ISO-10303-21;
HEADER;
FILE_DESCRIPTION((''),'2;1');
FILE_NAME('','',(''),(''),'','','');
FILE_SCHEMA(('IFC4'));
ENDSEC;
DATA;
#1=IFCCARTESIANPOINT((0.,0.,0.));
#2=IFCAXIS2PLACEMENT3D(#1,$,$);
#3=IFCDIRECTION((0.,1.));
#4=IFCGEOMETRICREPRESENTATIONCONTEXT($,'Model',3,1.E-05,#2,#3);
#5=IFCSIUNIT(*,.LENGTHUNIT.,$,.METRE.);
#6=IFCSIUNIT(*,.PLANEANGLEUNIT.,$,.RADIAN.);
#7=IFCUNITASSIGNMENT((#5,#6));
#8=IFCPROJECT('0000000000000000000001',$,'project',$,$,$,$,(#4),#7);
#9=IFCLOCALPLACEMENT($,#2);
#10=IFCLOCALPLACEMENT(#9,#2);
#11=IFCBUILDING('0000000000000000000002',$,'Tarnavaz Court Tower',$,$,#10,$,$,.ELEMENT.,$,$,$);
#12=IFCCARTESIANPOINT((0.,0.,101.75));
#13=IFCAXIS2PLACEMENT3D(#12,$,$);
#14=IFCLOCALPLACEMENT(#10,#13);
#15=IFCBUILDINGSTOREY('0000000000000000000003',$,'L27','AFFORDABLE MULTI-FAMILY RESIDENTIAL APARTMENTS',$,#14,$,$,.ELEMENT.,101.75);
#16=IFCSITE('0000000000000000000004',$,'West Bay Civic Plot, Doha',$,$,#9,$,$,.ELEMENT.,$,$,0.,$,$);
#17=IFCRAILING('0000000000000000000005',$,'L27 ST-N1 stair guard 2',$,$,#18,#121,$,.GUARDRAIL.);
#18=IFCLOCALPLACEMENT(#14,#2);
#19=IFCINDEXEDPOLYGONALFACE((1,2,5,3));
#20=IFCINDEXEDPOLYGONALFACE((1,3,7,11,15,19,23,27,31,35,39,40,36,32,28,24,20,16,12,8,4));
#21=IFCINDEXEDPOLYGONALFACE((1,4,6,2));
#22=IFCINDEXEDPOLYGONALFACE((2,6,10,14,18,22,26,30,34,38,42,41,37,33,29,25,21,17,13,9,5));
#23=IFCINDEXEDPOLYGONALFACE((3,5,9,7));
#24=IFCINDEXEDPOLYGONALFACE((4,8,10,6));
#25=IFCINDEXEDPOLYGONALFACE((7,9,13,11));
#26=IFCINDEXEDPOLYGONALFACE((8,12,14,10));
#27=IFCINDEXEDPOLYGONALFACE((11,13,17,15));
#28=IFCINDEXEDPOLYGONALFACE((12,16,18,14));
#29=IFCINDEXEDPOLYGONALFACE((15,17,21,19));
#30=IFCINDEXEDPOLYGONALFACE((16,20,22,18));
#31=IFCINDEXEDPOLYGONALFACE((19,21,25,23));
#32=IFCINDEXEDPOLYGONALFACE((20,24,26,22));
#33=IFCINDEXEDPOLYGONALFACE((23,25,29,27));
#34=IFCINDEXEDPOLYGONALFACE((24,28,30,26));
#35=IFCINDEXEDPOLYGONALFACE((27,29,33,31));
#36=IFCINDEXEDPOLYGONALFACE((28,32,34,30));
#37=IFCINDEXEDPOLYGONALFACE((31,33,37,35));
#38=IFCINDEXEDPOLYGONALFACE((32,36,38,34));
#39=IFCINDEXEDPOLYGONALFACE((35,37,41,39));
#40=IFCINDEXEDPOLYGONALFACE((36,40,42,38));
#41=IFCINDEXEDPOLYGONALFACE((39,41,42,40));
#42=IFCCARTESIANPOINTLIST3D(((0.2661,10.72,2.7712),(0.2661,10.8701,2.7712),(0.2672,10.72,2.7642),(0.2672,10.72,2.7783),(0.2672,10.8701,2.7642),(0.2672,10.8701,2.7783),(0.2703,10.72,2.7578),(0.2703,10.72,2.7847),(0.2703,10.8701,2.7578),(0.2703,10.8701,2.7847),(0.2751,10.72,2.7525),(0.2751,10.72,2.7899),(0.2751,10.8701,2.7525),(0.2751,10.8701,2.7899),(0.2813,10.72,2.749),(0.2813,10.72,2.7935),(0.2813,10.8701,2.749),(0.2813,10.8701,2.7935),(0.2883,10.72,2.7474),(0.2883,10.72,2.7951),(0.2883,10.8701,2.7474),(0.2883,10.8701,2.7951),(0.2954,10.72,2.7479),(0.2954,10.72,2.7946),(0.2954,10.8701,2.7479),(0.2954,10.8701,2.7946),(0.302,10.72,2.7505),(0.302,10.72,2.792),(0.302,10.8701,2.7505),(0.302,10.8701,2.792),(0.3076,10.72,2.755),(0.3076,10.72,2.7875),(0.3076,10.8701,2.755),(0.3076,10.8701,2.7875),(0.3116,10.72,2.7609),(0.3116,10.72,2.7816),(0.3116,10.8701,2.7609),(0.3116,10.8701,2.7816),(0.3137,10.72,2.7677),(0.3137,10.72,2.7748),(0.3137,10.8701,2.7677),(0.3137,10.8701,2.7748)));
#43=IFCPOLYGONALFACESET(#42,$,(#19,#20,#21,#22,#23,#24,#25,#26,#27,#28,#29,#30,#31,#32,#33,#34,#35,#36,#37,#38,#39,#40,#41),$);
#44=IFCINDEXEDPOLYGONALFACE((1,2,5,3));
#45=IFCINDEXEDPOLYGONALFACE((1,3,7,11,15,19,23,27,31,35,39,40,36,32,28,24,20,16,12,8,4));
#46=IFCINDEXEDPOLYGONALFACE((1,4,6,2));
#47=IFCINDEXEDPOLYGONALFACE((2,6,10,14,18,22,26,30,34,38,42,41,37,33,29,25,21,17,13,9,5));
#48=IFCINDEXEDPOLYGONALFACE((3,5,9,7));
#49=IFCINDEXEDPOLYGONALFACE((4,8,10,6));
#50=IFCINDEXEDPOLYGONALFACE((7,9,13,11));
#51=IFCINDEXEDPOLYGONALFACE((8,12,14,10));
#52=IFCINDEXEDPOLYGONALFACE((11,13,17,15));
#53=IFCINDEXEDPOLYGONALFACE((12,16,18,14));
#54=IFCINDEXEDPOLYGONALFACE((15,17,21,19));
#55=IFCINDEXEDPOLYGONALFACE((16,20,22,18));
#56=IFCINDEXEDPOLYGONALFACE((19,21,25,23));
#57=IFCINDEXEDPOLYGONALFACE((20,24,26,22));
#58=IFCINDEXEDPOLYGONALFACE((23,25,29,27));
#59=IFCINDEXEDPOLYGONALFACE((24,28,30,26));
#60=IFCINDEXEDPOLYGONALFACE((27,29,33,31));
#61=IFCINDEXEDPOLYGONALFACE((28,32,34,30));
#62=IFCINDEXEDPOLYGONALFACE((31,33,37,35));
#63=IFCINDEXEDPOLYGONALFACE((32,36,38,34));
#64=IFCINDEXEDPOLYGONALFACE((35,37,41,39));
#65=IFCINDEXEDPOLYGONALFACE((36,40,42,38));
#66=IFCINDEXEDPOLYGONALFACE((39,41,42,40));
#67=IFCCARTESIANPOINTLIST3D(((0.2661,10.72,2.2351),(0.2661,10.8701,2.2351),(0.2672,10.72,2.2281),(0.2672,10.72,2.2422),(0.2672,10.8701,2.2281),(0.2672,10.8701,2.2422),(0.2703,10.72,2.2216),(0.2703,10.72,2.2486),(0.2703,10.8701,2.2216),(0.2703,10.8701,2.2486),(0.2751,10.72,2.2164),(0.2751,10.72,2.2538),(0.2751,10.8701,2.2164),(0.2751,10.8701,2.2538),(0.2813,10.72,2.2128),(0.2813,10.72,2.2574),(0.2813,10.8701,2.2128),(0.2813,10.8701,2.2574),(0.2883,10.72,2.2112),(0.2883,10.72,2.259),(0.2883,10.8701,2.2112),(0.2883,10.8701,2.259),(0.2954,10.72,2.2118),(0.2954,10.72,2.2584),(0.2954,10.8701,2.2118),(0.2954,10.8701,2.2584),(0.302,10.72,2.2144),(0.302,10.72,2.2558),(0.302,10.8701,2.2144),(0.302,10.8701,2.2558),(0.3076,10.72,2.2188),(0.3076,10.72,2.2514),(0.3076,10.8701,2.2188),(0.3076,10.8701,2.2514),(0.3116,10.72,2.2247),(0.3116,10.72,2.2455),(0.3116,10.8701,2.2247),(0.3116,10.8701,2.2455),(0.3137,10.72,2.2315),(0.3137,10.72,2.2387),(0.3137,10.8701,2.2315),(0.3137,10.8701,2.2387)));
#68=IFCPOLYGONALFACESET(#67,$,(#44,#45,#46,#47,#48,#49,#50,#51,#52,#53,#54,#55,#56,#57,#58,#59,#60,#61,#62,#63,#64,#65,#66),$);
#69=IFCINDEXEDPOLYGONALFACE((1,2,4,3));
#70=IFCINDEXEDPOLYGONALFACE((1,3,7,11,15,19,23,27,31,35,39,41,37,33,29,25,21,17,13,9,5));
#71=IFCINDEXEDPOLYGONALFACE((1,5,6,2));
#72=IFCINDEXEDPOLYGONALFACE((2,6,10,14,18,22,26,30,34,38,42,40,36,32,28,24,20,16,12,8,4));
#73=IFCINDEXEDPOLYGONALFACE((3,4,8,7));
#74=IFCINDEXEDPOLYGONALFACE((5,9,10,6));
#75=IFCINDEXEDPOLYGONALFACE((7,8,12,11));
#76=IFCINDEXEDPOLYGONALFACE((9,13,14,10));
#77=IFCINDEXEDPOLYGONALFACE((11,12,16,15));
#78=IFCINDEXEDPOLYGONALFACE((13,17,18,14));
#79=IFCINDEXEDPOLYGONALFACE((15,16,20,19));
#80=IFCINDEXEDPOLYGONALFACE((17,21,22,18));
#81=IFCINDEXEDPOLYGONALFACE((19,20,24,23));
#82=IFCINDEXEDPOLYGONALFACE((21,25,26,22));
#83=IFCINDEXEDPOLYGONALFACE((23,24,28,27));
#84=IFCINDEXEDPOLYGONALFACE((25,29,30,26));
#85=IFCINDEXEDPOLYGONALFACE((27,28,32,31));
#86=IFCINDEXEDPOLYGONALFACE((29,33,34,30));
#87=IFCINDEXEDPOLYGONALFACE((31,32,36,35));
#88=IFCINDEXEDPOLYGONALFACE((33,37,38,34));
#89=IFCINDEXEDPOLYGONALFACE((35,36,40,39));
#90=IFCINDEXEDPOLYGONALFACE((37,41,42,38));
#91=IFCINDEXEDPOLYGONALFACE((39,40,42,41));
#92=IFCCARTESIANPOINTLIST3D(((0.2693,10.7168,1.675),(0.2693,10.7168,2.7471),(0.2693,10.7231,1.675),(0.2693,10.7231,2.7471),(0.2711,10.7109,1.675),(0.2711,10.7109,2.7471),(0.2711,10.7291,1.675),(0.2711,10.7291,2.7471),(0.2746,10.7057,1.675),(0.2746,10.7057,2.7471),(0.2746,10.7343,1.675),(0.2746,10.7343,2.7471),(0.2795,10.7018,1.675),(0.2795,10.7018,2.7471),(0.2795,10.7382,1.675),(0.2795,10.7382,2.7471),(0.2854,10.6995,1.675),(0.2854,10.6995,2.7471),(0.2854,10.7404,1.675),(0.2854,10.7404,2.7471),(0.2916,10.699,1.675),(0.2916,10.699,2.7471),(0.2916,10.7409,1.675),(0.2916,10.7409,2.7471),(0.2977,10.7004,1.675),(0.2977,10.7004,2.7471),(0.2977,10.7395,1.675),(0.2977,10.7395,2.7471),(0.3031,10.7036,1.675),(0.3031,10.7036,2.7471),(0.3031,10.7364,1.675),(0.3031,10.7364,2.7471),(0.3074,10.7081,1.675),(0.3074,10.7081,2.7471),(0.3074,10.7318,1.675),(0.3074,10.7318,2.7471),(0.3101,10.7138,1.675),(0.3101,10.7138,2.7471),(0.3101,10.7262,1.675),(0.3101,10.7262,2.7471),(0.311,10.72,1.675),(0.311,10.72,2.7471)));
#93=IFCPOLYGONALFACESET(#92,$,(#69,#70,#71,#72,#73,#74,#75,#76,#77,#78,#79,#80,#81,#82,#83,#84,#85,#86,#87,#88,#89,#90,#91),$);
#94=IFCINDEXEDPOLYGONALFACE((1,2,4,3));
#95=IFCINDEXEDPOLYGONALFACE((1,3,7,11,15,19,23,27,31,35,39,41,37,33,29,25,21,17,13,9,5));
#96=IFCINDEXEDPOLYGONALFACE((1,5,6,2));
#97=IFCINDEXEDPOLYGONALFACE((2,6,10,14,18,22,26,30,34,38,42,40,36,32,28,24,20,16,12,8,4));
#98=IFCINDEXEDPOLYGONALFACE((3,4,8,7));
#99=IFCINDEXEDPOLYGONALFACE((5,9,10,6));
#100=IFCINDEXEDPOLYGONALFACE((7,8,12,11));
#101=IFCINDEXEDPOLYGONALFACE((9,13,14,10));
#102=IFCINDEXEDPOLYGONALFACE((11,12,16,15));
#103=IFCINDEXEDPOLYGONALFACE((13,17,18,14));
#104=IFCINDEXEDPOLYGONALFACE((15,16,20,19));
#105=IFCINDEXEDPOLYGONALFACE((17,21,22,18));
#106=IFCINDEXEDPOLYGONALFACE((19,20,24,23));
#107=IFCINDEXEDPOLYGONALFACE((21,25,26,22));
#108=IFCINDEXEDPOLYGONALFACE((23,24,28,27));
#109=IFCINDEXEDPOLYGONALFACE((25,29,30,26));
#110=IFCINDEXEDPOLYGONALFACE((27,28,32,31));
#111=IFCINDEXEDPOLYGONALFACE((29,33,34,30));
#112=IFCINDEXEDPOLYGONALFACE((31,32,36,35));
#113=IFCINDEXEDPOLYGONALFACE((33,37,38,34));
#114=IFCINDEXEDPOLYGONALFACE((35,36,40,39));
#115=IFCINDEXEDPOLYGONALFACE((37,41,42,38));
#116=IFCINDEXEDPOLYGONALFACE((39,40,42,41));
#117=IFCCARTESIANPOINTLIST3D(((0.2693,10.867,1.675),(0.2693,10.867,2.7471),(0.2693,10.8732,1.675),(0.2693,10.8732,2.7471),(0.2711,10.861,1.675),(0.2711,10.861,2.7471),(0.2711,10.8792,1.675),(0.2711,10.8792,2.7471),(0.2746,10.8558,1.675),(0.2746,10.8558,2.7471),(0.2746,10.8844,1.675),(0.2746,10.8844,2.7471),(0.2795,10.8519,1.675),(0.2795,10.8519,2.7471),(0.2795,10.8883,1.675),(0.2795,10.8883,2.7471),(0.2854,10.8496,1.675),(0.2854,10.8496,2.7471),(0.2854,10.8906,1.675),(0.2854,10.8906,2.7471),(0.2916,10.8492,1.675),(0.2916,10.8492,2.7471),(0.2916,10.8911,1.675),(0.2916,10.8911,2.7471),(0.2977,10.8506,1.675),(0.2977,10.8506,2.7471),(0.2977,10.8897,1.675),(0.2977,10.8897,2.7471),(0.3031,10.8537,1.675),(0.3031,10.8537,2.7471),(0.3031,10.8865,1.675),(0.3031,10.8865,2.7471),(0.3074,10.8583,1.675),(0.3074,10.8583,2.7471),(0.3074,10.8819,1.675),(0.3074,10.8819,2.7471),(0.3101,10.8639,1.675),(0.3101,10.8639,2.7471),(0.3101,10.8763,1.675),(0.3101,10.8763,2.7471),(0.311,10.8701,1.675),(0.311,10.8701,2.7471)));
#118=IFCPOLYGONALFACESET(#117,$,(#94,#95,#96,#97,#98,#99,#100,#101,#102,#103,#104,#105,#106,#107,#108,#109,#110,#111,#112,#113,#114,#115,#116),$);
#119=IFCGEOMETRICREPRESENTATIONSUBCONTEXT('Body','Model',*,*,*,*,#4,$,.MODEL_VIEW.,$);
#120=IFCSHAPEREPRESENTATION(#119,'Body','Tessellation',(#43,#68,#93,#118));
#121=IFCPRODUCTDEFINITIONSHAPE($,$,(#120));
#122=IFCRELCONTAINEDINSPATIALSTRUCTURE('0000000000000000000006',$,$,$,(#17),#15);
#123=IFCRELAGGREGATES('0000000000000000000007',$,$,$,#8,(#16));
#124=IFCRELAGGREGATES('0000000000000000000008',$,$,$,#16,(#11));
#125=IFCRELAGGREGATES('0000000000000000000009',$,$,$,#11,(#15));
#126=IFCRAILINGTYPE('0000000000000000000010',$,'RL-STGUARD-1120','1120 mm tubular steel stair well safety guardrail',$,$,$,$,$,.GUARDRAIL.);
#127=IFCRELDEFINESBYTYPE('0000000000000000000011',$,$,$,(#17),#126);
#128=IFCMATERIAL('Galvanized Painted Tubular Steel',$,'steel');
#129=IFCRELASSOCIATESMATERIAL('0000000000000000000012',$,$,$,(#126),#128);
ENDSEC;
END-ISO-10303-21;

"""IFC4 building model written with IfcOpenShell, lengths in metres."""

from ifc_helpers import new_model, si_unit, direction, frame, origin, origin_2d, place, context, subcontext, project, spatial, circle, extrude, material, type_object, element, save


model = new_model("IFC4")

# Units and contexts
model_context = context("Model", 3, precision=1e-05, world=origin(), true_north=direction((0.0, 1.0)))
body_context = subcontext(model_context, "Body", "Model", "MODEL_VIEW")
ifc_project = project(units=[si_unit("LENGTHUNIT", "METRE"), si_unit("PLANEANGLEUNIT", "RADIAN")], contexts=[model_context])

# Site, building, storey
site_placement = place(None, origin())
site = spatial("IfcSite", under=ifc_project, at=site_placement, Name="West Bay Civic Plot, Doha", CompositionType="ELEMENT", RefElevation=0.0)
building_placement = place(site_placement, origin())
building = spatial("IfcBuilding", under=site, at=building_placement, Name="Tarnavaz Court Tower", CompositionType="ELEMENT")
storey_placement = place(building_placement, frame((0.0, 0.0, 101.75)))
storey = spatial("IfcBuildingStorey", under=building, at=storey_placement, Name="L27", Description="AFFORDABLE MULTI-FAMILY RESIDENTIAL APARTMENTS", CompositionType="ELEMENT", Elevation=101.75)

# Railing
ifc_material_1 = material(Name="Galvanized Painted Tubular Steel", Category="steel")
railing_type_1 = type_object("IfcRailingType", Name="RL-STGUARD-1120", Description="1120 mm tubular steel stair well safety guardrail", PredefinedType="GUARDRAIL", material=ifc_material_1)
railing_1_placement = place(storey_placement, frame((0.29, 10.72, 1.675)))
element("IfcRailing", 1, at=railing_1_placement, inside=storey, type_object=railing_type_1, Name="L27 ST-N1 stair guard 2", PredefinedType="GUARDRAIL", context=body_context, shape_type="SweptSolid", body=[
    extrude(circle(Radius=0.0239, at=origin_2d()), frame((0.0, 0.0, 1.0962), z_axis=(0.0, 1.0, 0.0), x_axis=(-1.0, 0.0, 0.0)), (0.0, 0.0, 1.0), 0.1501),
    extrude(circle(Radius=0.0239, at=origin_2d()), frame((0.0, 0.0, 0.5601), z_axis=(0.0, 1.0, 0.0), x_axis=(-1.0, 0.0, 0.0)), (0.0, 0.0, 1.0), 0.1501),
    extrude(circle(Radius=0.021, at=origin_2d()), origin(), (0.0, 0.0, 1.0), 1.072),
    extrude(circle(Radius=0.021, at=origin_2d()), frame((0.0, 0.1501, 0.0)), (0.0, 0.0, 1.0), 1.072),
])

save(model, "model.ifc")
